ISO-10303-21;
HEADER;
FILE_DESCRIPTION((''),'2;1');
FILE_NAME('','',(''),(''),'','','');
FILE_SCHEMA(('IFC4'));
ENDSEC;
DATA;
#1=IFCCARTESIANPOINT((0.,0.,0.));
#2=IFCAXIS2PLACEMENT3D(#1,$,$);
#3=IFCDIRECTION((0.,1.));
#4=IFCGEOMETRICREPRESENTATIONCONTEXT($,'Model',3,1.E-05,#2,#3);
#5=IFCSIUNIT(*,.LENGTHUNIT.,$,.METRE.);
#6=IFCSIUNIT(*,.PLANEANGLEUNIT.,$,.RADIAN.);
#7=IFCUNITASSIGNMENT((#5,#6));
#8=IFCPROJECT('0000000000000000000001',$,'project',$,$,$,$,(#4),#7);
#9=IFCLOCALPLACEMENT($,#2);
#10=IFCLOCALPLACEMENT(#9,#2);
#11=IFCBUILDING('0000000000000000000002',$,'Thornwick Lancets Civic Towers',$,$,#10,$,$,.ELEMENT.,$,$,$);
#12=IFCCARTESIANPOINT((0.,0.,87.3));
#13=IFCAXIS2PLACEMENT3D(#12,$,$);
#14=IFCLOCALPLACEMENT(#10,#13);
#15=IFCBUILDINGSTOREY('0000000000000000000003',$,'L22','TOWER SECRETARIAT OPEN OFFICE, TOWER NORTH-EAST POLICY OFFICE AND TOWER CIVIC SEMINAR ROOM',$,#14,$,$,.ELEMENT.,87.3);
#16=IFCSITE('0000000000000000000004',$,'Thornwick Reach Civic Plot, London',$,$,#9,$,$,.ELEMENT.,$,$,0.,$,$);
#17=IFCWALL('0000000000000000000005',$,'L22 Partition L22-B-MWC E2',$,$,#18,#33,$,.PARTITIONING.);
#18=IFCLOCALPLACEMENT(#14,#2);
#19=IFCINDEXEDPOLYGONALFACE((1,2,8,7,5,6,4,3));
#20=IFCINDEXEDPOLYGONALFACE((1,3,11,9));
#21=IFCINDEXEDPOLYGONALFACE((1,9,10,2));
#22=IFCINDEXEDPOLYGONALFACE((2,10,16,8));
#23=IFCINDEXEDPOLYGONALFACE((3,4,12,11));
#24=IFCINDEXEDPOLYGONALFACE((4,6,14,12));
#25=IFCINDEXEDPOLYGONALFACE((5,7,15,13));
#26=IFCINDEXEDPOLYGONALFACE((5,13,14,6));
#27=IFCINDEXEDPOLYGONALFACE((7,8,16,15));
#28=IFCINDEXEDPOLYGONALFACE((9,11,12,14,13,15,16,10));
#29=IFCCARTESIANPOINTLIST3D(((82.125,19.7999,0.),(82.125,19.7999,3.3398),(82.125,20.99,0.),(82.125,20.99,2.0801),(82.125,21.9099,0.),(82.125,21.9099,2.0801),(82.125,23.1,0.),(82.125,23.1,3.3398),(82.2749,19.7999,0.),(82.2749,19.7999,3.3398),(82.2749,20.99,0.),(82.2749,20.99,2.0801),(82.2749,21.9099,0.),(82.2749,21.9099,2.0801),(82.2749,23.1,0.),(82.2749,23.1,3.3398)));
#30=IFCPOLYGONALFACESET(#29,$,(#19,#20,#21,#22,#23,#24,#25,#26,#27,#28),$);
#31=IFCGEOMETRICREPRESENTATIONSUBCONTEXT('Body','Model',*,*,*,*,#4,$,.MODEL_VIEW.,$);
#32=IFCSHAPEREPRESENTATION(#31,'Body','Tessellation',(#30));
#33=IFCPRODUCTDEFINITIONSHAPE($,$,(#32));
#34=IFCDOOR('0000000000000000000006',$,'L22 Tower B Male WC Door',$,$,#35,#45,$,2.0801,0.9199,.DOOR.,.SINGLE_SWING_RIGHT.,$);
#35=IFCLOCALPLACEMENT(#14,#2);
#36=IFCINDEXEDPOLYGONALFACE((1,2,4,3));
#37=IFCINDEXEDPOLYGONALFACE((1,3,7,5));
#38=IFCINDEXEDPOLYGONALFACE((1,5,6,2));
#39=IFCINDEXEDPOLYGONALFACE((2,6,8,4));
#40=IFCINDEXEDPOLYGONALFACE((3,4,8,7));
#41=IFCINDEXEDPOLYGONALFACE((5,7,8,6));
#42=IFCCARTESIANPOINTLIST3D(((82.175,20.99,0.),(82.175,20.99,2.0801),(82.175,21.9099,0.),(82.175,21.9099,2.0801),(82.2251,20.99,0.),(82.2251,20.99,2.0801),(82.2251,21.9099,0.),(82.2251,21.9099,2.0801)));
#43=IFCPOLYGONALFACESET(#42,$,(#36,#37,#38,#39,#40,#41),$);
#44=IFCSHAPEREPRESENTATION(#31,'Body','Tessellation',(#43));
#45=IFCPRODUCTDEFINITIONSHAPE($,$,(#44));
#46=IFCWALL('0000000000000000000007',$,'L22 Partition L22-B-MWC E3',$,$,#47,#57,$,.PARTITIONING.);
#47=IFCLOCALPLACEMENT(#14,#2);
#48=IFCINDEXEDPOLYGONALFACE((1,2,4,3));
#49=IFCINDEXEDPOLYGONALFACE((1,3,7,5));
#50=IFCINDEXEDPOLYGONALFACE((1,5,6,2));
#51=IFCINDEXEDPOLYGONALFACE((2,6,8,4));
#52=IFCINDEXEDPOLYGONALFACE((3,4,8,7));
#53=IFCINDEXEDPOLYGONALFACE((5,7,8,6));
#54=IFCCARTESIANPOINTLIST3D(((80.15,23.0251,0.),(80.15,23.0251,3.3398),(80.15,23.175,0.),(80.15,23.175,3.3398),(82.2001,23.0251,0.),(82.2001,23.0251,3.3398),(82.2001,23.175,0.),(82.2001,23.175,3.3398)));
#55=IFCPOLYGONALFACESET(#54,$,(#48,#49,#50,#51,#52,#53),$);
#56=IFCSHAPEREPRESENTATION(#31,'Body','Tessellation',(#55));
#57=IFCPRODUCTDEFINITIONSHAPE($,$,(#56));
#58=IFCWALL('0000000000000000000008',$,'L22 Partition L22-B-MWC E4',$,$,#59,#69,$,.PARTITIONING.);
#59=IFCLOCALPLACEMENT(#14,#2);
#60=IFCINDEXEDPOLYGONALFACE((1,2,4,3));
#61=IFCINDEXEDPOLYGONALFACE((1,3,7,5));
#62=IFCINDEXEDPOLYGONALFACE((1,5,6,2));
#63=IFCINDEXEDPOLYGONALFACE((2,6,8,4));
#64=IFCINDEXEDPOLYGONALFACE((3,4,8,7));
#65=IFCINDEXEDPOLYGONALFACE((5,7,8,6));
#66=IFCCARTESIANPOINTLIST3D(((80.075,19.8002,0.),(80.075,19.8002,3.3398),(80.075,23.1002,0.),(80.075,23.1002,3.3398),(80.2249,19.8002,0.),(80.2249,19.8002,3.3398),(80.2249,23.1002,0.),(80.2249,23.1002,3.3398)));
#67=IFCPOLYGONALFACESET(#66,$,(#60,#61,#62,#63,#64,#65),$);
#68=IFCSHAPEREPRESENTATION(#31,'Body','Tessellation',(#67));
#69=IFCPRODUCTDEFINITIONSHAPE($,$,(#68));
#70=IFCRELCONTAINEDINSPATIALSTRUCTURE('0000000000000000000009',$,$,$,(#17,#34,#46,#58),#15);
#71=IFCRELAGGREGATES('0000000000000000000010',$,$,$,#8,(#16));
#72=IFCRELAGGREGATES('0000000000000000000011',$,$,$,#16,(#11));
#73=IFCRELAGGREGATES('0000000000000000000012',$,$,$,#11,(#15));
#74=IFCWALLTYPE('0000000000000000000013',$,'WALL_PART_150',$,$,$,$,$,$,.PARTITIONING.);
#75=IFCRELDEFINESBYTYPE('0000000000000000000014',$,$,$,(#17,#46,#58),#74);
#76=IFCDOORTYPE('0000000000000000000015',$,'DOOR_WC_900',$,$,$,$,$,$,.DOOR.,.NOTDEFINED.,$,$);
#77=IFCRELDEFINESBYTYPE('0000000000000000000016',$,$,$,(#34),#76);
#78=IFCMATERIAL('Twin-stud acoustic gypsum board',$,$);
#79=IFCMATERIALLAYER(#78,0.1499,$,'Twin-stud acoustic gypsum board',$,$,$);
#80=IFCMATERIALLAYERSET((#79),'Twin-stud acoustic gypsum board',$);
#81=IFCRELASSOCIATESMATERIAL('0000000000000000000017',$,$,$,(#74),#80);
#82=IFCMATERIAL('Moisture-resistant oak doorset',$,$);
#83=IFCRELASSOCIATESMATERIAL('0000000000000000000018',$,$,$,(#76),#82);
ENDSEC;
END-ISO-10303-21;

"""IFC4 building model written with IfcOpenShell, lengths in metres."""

from ifc_helpers import new_model, si_unit, direction, frame, frame_2d, origin, place, context, subcontext, project, spatial, rectangle, extrude, material, layer, layer_set, type_object, element, fill, save


model = new_model("IFC4")

# Units and contexts
model_context = context("Model", 3, precision=1e-05, world=origin(), true_north=direction((0.0, 1.0)))
body_context = subcontext(model_context, "Body", "Model", "MODEL_VIEW")
ifc_project = project(units=[si_unit("LENGTHUNIT", "METRE"), si_unit("PLANEANGLEUNIT", "RADIAN")], contexts=[model_context])

# Site, building, storey
site_placement = place(None, origin())
site = spatial("IfcSite", under=ifc_project, at=site_placement, Name="Thornwick Reach Civic Plot, London", CompositionType="ELEMENT", RefElevation=0.0)
building_placement = place(site_placement, origin())
building = spatial("IfcBuilding", under=site, at=building_placement, Name="Thornwick Lancets Civic Towers", CompositionType="ELEMENT")
storey_placement = place(building_placement, frame((0.0, 0.0, 87.3)))
storey = spatial("IfcBuildingStorey", under=building, at=storey_placement, Name="L22", Description="TOWER SECRETARIAT OPEN OFFICE, TOWER NORTH-EAST POLICY OFFICE AND TOWER CIVIC SEMINAR ROOM", CompositionType="ELEMENT", Elevation=87.3)

# Wall, opening, door
ifc_material_1 = material(Name="Twin-stud acoustic gypsum board")
ifc_layer_1 = layer(ifc_material_1, 0.1499, Name="Twin-stud acoustic gypsum board")
ifc_layer_set_1 = layer_set([ifc_layer_1], Name="Twin-stud acoustic gypsum board")
wall_type_1 = type_object("IfcWallType", Name="WALL_PART_150", PredefinedType="PARTITIONING", material=ifc_layer_set_1)
wall_1_placement = place(storey_placement, frame((82.2, 19.8, 0.0), z_axis=(0.0, 0.0, 1.0), x_axis=(0.0, 1.0, 0.0)))
wall_1 = element("IfcWall", 1, at=wall_1_placement, inside=storey, type_object=wall_type_1, Name="L22 Partition L22-B-MWC E2", PredefinedType="PARTITIONING", context=body_context, shape_type="SweptSolid", body=[
    extrude(rectangle(XDim=3.3, YDim=0.1499, at=frame_2d((1.6499, 0.0))), origin(), (0.0, 0.0, 1.0), 3.3398),
])
opening_1_placement = place(wall_1_placement, frame((1.1899, 0.0, 0.0)))
opening_1 = element("IfcOpeningElement", 2, at=opening_1_placement, cuts=wall_1, PredefinedType="OPENING", context=body_context, shape_type="SweptSolid", body=[
    extrude(rectangle(XDim=0.9199, YDim=2.0801, at=frame_2d((0.46, 1.04))), frame((0.0, 0.085, 0.0), z_axis=(0.0, -1.0, 0.0), x_axis=(1.0, 0.0, 0.0)), (0.0, 0.0, 1.0), 0.1699),
])
ifc_material_2 = material(Name="Moisture-resistant oak doorset")
door_type_1 = type_object("IfcDoorType", Name="DOOR_WC_900", OperationType="NOTDEFINED", PredefinedType="DOOR", material=ifc_material_2)
door_1_placement = place(opening_1_placement, origin())
door_1 = element("IfcDoor", 3, at=door_1_placement, inside=storey, type_object=door_type_1, Name="L22 Tower B Male WC Door", OperationType="SINGLE_SWING_RIGHT", OverallHeight=2.0801, OverallWidth=0.9199, PredefinedType="DOOR", context=body_context, shape_type="SweptSolid", body=[
    extrude(rectangle(XDim=0.9199, YDim=2.0801, at=frame_2d((0.46, 1.04))), frame((0.0, 0.0249, 0.0), z_axis=(0.0, -1.0, 0.0), x_axis=(1.0, 0.0, 0.0)), (0.0, 0.0, 1.0), 0.05),
])
fill(opening_1, door_1)

# Walls
wall_2_placement = place(storey_placement, frame((82.2, 23.1001, 0.0), z_axis=(0.0, 0.0, 1.0), x_axis=(-1.0, 0.0, 0.0)))
element("IfcWall", 4, at=wall_2_placement, inside=storey, type_object=wall_type_1, Name="L22 Partition L22-B-MWC E3", PredefinedType="PARTITIONING", context=body_context, shape_type="SweptSolid", body=[
    extrude(rectangle(XDim=2.05, YDim=0.1499, at=frame_2d((1.0249, 0.0))), origin(), (0.0, 0.0, 1.0), 3.3398),
])
wall_3_placement = place(storey_placement, frame((80.1499, 23.1001, 0.0), z_axis=(0.0, 0.0, 1.0), x_axis=(0.0, -1.0, 0.0)))
element("IfcWall", 5, at=wall_3_placement, inside=storey, type_object=wall_type_1, Name="L22 Partition L22-B-MWC E4", PredefinedType="PARTITIONING", context=body_context, shape_type="SweptSolid", body=[
    extrude(rectangle(XDim=3.3, YDim=0.1499, at=frame_2d((1.6499, 0.0))), origin(), (0.0, 0.0, 1.0), 3.3398),
])

save(model, "model.ifc")
